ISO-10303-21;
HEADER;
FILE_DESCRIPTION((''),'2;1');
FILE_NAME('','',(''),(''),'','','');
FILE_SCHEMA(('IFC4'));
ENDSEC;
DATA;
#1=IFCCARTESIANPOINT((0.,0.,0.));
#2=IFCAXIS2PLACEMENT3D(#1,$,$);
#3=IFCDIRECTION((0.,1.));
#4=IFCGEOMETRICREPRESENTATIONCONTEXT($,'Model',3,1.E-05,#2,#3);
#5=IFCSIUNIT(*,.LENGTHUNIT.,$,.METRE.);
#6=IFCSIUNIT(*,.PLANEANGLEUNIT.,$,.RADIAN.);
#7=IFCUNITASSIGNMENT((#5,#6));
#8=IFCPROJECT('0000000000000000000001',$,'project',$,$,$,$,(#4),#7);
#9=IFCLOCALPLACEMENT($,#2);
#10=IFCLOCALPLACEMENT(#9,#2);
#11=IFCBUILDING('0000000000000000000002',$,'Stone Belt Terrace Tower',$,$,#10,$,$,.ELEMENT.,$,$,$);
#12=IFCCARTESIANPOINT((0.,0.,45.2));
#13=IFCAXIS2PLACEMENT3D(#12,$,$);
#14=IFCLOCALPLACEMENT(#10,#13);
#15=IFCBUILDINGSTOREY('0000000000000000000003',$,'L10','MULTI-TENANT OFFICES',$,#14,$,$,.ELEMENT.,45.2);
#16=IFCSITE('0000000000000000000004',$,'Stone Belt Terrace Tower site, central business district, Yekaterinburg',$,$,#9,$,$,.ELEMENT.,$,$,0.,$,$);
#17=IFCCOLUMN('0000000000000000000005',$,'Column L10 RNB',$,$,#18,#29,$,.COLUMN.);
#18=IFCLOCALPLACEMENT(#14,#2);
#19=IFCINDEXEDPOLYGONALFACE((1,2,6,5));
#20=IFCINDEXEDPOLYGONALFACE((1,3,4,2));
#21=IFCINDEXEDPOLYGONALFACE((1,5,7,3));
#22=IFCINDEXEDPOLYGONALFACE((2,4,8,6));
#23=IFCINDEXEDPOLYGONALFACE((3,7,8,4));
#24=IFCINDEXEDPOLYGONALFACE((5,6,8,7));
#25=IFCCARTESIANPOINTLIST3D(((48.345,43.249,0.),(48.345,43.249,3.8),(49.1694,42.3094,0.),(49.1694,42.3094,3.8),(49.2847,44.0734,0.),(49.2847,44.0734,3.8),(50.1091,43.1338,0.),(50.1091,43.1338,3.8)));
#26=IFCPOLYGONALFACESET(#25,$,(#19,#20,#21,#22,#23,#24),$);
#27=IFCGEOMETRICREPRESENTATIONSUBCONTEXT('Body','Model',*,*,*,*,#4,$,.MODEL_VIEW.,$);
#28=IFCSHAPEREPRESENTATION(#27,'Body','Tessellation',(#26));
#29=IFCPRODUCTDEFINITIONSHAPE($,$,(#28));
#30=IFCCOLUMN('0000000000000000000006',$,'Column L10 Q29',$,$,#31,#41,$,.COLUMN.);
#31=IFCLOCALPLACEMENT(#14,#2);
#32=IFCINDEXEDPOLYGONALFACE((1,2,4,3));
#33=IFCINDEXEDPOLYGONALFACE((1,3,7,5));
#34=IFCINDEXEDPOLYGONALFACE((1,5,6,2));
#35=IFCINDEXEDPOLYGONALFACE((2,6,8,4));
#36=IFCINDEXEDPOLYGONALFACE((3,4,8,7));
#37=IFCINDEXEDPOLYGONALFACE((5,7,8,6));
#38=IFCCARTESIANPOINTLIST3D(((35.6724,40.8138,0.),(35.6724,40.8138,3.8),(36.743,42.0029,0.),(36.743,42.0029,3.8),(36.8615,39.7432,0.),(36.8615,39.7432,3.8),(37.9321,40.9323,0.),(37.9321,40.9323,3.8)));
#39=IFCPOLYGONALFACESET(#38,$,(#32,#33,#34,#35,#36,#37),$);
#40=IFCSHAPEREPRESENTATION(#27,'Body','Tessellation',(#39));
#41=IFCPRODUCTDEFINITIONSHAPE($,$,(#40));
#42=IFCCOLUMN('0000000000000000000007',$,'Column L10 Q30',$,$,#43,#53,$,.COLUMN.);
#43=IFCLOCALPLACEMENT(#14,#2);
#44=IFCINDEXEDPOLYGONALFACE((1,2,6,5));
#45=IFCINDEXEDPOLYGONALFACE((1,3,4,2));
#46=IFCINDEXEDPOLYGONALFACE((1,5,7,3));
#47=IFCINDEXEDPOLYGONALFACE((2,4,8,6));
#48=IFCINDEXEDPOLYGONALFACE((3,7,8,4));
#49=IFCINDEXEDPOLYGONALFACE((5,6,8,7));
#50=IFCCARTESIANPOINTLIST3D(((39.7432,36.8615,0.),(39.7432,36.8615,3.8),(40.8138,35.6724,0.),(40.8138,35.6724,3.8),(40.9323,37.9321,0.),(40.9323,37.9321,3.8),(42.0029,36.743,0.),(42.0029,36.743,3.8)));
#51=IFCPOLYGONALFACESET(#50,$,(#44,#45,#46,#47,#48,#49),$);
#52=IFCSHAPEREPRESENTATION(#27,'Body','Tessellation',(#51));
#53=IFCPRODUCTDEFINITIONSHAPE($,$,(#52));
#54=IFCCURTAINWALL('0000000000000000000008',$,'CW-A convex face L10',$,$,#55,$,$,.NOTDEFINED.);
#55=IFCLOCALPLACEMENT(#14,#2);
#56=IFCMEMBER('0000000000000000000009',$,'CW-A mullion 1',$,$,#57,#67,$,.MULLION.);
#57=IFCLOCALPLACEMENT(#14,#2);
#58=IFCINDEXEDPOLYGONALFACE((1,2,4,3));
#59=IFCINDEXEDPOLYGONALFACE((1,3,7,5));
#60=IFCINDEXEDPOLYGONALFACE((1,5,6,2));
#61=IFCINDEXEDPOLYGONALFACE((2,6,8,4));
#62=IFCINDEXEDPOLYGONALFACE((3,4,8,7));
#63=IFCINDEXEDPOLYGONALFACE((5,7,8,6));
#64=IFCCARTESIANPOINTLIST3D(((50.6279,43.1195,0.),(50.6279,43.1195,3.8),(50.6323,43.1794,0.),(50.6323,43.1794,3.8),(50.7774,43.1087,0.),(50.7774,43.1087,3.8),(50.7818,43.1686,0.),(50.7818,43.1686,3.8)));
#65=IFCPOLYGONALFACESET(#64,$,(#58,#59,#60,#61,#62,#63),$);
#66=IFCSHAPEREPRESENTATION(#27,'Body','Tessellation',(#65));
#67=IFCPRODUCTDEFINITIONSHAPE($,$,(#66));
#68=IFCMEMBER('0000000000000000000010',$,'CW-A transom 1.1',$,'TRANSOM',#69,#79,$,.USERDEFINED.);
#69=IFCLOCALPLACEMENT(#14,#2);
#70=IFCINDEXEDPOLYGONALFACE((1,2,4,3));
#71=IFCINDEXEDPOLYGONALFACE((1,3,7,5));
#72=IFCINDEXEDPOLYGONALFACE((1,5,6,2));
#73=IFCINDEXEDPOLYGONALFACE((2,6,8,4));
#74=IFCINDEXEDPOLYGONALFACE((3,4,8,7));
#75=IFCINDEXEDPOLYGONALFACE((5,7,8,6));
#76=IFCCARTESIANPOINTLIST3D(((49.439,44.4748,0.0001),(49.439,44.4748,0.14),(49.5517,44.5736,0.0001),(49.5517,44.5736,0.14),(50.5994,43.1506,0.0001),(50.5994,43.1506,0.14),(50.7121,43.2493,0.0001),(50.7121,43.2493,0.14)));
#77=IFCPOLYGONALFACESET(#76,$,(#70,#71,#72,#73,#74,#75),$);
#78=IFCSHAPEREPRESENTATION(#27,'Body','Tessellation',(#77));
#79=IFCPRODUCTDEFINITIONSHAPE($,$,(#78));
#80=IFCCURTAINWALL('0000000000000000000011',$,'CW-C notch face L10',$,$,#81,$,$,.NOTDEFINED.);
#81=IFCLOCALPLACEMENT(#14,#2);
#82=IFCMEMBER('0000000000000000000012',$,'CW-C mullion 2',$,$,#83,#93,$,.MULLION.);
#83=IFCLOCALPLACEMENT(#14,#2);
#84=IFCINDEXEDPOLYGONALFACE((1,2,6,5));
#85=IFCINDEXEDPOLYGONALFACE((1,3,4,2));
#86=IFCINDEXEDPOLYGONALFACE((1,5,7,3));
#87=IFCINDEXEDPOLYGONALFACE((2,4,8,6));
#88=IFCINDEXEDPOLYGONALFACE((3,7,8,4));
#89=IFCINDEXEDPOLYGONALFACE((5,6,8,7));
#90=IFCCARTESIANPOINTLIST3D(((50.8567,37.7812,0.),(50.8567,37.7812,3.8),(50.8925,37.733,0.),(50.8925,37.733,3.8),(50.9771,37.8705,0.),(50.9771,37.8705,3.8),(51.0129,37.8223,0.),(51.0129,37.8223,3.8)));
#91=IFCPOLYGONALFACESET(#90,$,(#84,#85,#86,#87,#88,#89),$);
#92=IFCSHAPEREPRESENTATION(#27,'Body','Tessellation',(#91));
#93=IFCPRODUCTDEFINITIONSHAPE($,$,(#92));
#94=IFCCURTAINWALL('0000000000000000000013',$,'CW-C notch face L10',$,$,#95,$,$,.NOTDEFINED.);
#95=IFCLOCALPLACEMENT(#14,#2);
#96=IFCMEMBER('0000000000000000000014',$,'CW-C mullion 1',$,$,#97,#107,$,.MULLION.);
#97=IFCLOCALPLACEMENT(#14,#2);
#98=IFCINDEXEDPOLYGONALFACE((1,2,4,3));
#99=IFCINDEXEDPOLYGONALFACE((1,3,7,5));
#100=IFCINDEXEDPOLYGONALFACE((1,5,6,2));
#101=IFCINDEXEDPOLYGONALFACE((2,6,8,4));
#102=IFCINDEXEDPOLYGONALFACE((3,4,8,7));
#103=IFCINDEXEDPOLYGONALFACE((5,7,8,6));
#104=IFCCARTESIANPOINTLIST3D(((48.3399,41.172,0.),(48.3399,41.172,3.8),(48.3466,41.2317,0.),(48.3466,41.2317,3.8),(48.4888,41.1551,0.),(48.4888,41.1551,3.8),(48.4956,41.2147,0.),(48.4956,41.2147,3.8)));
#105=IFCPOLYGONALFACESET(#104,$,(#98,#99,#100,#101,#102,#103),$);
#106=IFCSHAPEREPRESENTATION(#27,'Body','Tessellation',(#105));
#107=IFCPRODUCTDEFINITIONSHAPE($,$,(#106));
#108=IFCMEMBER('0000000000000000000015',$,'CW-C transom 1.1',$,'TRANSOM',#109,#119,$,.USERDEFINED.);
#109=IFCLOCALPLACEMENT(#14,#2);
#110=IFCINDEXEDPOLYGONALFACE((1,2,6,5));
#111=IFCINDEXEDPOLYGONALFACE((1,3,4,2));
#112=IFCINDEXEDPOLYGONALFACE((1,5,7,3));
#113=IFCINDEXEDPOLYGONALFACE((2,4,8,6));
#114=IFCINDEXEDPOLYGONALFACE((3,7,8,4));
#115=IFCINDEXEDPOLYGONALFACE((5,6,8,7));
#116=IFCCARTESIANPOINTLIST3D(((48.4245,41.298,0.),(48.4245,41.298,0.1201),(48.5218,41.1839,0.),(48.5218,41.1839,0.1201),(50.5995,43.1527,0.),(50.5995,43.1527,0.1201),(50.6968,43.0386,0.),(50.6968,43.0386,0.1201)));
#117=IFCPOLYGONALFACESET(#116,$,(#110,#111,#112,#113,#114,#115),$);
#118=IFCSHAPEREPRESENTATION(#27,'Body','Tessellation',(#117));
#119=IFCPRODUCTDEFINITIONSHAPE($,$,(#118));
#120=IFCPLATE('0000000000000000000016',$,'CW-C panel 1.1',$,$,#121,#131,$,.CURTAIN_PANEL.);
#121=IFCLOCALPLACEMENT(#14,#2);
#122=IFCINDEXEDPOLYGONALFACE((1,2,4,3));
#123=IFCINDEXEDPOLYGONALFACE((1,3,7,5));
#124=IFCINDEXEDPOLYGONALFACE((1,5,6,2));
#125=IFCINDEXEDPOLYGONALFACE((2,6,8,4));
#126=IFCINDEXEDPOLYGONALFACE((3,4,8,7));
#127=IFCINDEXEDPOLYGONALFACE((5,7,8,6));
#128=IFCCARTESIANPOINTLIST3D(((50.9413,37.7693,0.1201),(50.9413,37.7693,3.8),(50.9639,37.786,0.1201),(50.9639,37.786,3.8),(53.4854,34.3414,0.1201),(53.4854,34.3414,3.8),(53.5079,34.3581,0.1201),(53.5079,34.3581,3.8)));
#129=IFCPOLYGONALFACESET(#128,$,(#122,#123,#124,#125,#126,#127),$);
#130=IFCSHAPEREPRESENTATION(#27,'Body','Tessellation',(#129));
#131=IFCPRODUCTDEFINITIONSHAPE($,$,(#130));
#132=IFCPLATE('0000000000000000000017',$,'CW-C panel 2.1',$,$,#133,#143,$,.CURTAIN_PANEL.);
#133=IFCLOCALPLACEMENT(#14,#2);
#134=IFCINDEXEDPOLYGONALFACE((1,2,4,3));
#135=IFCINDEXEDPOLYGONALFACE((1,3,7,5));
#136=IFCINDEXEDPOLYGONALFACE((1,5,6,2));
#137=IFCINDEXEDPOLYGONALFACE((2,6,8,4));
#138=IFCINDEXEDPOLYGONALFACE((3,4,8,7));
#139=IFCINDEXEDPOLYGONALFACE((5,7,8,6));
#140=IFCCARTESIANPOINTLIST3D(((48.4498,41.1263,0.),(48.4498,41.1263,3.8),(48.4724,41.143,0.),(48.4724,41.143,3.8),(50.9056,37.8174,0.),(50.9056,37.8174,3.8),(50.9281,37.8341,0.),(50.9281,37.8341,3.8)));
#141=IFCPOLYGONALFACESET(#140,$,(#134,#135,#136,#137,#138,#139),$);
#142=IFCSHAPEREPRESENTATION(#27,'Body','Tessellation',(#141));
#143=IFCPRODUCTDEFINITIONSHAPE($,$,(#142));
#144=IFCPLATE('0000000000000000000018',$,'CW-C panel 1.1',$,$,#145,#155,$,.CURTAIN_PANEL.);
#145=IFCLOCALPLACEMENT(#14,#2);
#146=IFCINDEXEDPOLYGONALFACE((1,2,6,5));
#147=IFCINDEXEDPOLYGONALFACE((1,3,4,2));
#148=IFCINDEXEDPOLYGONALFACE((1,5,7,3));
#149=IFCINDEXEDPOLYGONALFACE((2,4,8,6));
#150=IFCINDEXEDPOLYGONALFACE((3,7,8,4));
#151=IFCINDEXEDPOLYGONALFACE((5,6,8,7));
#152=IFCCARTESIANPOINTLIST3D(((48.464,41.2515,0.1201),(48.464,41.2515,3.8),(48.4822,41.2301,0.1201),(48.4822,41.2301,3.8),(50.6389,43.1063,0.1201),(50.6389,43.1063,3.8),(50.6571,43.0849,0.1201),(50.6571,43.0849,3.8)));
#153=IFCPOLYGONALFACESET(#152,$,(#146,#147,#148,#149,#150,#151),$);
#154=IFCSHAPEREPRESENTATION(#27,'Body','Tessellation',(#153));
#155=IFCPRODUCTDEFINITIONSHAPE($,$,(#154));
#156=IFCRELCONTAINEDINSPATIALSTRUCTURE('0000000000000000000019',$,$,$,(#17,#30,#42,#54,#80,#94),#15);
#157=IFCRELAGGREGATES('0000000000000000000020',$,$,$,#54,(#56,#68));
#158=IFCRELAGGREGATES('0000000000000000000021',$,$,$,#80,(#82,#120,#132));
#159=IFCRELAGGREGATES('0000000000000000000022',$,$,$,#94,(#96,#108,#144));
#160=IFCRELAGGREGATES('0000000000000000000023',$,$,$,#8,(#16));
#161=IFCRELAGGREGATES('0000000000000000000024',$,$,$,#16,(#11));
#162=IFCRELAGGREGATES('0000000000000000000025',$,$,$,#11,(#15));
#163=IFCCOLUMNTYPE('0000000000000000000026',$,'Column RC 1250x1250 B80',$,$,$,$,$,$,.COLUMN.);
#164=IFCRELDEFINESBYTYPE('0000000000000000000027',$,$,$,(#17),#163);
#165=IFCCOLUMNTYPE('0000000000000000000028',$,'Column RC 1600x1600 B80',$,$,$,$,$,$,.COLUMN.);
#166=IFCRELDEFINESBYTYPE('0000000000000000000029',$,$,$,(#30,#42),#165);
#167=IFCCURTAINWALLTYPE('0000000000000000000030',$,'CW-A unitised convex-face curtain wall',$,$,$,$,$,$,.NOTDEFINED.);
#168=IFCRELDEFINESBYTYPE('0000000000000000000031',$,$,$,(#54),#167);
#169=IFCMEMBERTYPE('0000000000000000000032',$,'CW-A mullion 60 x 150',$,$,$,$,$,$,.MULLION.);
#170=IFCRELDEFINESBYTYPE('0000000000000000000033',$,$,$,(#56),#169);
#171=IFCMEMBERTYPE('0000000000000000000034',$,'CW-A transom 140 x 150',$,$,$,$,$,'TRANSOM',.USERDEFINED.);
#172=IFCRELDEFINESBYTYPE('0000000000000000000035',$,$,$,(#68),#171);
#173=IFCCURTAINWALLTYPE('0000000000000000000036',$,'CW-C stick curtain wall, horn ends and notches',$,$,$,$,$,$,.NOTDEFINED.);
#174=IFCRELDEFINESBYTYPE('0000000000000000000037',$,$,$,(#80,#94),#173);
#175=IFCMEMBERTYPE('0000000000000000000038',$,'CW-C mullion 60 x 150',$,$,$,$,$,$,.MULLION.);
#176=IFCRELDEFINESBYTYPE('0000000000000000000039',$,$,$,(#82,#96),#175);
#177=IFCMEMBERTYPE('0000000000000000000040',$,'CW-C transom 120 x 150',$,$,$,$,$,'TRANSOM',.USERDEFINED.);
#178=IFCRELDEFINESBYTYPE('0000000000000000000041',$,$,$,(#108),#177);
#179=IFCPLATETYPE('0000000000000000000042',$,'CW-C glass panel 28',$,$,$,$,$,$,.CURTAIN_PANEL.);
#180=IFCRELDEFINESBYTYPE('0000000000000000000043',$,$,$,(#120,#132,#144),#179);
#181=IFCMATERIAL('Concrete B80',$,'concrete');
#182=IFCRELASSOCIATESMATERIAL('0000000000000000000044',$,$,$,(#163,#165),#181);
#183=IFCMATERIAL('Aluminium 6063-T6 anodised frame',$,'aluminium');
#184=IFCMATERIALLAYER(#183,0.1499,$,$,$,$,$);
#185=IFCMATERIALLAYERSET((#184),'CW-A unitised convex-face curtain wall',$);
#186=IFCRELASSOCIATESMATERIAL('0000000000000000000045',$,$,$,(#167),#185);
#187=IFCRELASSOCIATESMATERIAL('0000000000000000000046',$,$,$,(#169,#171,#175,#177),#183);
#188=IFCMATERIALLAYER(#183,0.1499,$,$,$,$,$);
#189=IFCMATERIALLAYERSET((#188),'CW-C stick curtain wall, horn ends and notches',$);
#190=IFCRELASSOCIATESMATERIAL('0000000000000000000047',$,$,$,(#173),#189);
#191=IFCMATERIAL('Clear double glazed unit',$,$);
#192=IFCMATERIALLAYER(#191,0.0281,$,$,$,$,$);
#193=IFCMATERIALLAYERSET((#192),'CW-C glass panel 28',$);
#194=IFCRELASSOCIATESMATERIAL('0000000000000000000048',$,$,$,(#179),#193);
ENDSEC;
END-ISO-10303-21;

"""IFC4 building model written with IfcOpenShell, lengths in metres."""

from ifc_helpers import new_model, si_unit, direction, frame, origin, origin_2d, place, context, subcontext, project, spatial, rectangle, extrude, material, layer, layer_set, material_profile, profile_set, type_object, element, aggregate, save


model = new_model("IFC4")

# Units and contexts
model_context = context("Model", 3, precision=1e-05, world=origin(), true_north=direction((0.0, 1.0)))
body_context = subcontext(model_context, "Body", "Model", "MODEL_VIEW")
ifc_project = project(units=[si_unit("LENGTHUNIT", "METRE"), si_unit("PLANEANGLEUNIT", "RADIAN")], contexts=[model_context])

# Site, building, storey
site_placement = place(None, origin())
site = spatial("IfcSite", under=ifc_project, at=site_placement, Name="Stone Belt Terrace Tower site, central business district, Yekaterinburg", CompositionType="ELEMENT", RefElevation=0.0)
building_placement = place(site_placement, origin())
building = spatial("IfcBuilding", under=site, at=building_placement, Name="Stone Belt Terrace Tower", CompositionType="ELEMENT")
storey_placement = place(building_placement, frame((0.0, 0.0, 45.2)))
storey = spatial("IfcBuildingStorey", under=building, at=storey_placement, Name="L10", Description="MULTI-TENANT OFFICES", CompositionType="ELEMENT", Elevation=45.2)

# Columns
ifc_material_1 = material(Name="Concrete B80", Category="concrete")
ifc_material_profile_1 = material_profile(ifc_material_1, rectangle(XDim=1.25, YDim=1.25, at=origin_2d()), Name="RC 1250x1250")
ifc_profile_set_1 = profile_set([ifc_material_profile_1], Name="Concrete B80")
column_type_1 = type_object("IfcColumnType", Name="Column RC 1250x1250 B80", PredefinedType="COLUMN", material=ifc_profile_set_1)
column_placement = place(storey_placement, frame((49.2271, 43.1914, 0.0), z_axis=(0.0, 0.0, 1.0), x_axis=(0.659522, -0.751686, 0.0)))
element("IfcColumn", 1, at=column_placement, inside=storey, type_object=column_type_1, Name="Column L10 RNB", PredefinedType="COLUMN", context=body_context, shape_type="SweptSolid", body=[
    extrude(rectangle(XDim=1.25, YDim=1.25, at=origin_2d()), origin(), (0.0, 0.0, 1.0), 3.8),
])
ifc_material_profile_2 = material_profile(ifc_material_1, rectangle(XDim=1.6001, YDim=1.6001, at=origin_2d()), Name="RC 1600x1600")
ifc_profile_set_2 = profile_set([ifc_material_profile_2], Name="Concrete B80")
column_type_2 = type_object("IfcColumnType", Name="Column RC 1600x1600 B80", PredefinedType="COLUMN", material=ifc_profile_set_2)
for number, where, z_axis, x_axis, name in (
    (2, (36.8022, 40.873, 0.0), (0.0, 0.0, 1.0), (0.743145, -0.669131, 0.0), "Column L10 Q29"),
    (3, (40.873, 36.8022, 0.0), (0.0, 0.0, 1.0), (0.669131, -0.743145, 0.0), "Column L10 Q30"),
):
    element("IfcColumn", number, at=place(storey_placement, frame(where, z_axis=z_axis, x_axis=x_axis)), inside=storey, type_object=column_type_2, Name=name, PredefinedType="COLUMN", context=body_context, shape_type="SweptSolid", body=[
        extrude(rectangle(XDim=1.6001, YDim=1.6001, at=origin_2d()), origin(), (0.0, 0.0, 1.0), 3.8),
    ])

# Curtain wall, members
ifc_material_2 = material(Name="Aluminium 6063-T6 anodised frame", Category="aluminium")
ifc_layer_1 = layer(ifc_material_2, 0.1499)
ifc_layer_set_1 = layer_set([ifc_layer_1], Name="CW-A unitised convex-face curtain wall")
curtain_wall_type_1 = type_object("IfcCurtainWallType", Name="CW-A unitised convex-face curtain wall", PredefinedType="NOTDEFINED", material=ifc_layer_set_1)
curtain_wall_1_placement = place(storey_placement, origin())
curtain_wall_1 = element("IfcCurtainWall", 4, at=curtain_wall_1_placement, inside=storey, type_object=curtain_wall_type_1, Name="CW-A convex face L10", PredefinedType="NOTDEFINED")
ifc_material_profile_3 = material_profile(ifc_material_2, rectangle(XDim=0.1499, YDim=0.0601, at=origin_2d()), Name="Aluminium 6063-T6 60x150")
ifc_profile_set_3 = profile_set([ifc_material_profile_3], Name="Aluminium 6063-T6 anodised frame")
member_type_1 = type_object("IfcMemberType", Name="CW-A mullion 60 x 150", PredefinedType="MULLION", material=ifc_profile_set_3)
member_1_placement = place(storey_placement, frame((50.7048, 43.144, 0.0), z_axis=(0.0, 0.0, 1.0), x_axis=(-0.99737, 0.072474, 0.0)))
member_1 = element("IfcMember", 5, at=member_1_placement, type_object=member_type_1, Name="CW-A mullion 1", PredefinedType="MULLION", context=body_context, shape_type="SweptSolid", body=[
    extrude(rectangle(XDim=0.1499, YDim=0.0601, at=origin_2d()), origin(), (0.0, 0.0, 1.0), 3.8),
])
ifc_material_profile_4 = material_profile(ifc_material_2, rectangle(XDim=0.1499, YDim=0.1399, at=origin_2d()), Name="Aluminium 6063-T6 150x140")
ifc_profile_set_4 = profile_set([ifc_material_profile_4], Name="Aluminium 6063-T6 anodised frame")
member_type_2 = type_object("IfcMemberType", Name="CW-A transom 140 x 150", ElementType="TRANSOM", PredefinedType="USERDEFINED", material=ifc_profile_set_4)
member_2_placement = place(storey_placement, frame((50.6558, 43.2, 0.0701), z_axis=(-0.659054, 0.752095, 0.0), x_axis=(-0.752095, -0.659054, 0.0)))
member_2 = element("IfcMember", 6, at=member_2_placement, type_object=member_type_2, Name="CW-A transom 1.1", ObjectType="TRANSOM", PredefinedType="USERDEFINED", context=body_context, shape_type="SweptSolid", body=[
    extrude(rectangle(XDim=0.1499, YDim=0.1399, at=origin_2d()), origin(), (0.0, 0.0, 1.0), 1.7607),
])
aggregate(curtain_wall_1, [member_1, member_2])

# Curtain wall, member
ifc_layer_2 = layer(ifc_material_2, 0.1499)
ifc_layer_set_2 = layer_set([ifc_layer_2], Name="CW-C stick curtain wall, horn ends and notches")
curtain_wall_type_2 = type_object("IfcCurtainWallType", Name="CW-C stick curtain wall, horn ends and notches", PredefinedType="NOTDEFINED", material=ifc_layer_set_2)
curtain_wall_2_placement = place(storey_placement, origin())
curtain_wall_2 = element("IfcCurtainWall", 7, at=curtain_wall_2_placement, inside=storey, type_object=curtain_wall_type_2, Name="CW-C notch face L10", PredefinedType="NOTDEFINED")
ifc_material_profile_5 = material_profile(ifc_material_2, rectangle(XDim=0.1499, YDim=0.0601, at=origin_2d()), Name="Aluminium 6063-T6 60x150")
ifc_profile_set_5 = profile_set([ifc_material_profile_5], Name="Aluminium 6063-T6 anodised frame")
member_type_3 = type_object("IfcMemberType", Name="CW-C mullion 60 x 150", PredefinedType="MULLION", material=ifc_profile_set_5)
member_3_placement = place(storey_placement, frame((50.9348, 37.8018, 0.0), z_axis=(0.0, 0.0, 1.0), x_axis=(-0.803011, -0.595964, 0.0)))
member_3 = element("IfcMember", 8, at=member_3_placement, type_object=member_type_3, Name="CW-C mullion 2", PredefinedType="MULLION", context=body_context, shape_type="SweptSolid", body=[
    extrude(rectangle(XDim=0.1499, YDim=0.0601, at=origin_2d()), origin(), (0.0, 0.0, 1.0), 3.8),
])

# Curtain wall, members
curtain_wall_3_placement = place(storey_placement, origin())
curtain_wall_3 = element("IfcCurtainWall", 9, at=curtain_wall_3_placement, inside=storey, type_object=curtain_wall_type_2, Name="CW-C notch face L10", PredefinedType="NOTDEFINED")
member_4_placement = place(storey_placement, frame((48.4177, 41.1934, 0.0), z_axis=(0.0, 0.0, 1.0), x_axis=(-0.993611, 0.112857, 0.0)))
member_4 = element("IfcMember", 10, at=member_4_placement, type_object=member_type_3, Name="CW-C mullion 1", PredefinedType="MULLION", context=body_context, shape_type="SweptSolid", body=[
    extrude(rectangle(XDim=0.1499, YDim=0.0601, at=origin_2d()), origin(), (0.0, 0.0, 1.0), 3.8),
])
ifc_material_profile_6 = material_profile(ifc_material_2, rectangle(XDim=0.1499, YDim=0.1201, at=origin_2d()), Name="Aluminium 6063-T6 150x120")
ifc_profile_set_6 = profile_set([ifc_material_profile_6], Name="Aluminium 6063-T6 anodised frame")
member_type_4 = type_object("IfcMemberType", Name="CW-C transom 120 x 150", ElementType="TRANSOM", PredefinedType="USERDEFINED", material=ifc_profile_set_6)
member_5_placement = place(storey_placement, frame((48.4731, 41.241, 0.0601), z_axis=(0.760912, 0.648855, 0.0), x_axis=(-0.648855, 0.760912, 0.0)))
member_5 = element("IfcMember", 11, at=member_5_placement, type_object=member_type_4, Name="CW-C transom 1.1", ObjectType="TRANSOM", PredefinedType="USERDEFINED", context=body_context, shape_type="SweptSolid", body=[
    extrude(rectangle(XDim=0.1499, YDim=0.1201, at=origin_2d()), origin(), (0.0, 0.0, 1.0), 2.8584),
])

# Plates
ifc_material_3 = material(Name="Clear double glazed unit")
ifc_layer_3 = layer(ifc_material_3, 0.0281)
ifc_layer_set_3 = layer_set([ifc_layer_3], Name="CW-C glass panel 28")
plate_type = type_object("IfcPlateType", Name="CW-C glass panel 28", PredefinedType="CURTAIN_PANEL", material=ifc_layer_set_3)
plate_1_placement = place(storey_placement, frame((52.2246, 36.0637, 0.1201), z_axis=(0.0, 0.0, 1.0), x_axis=(-0.595964, 0.803011, 0.0)))
plate_1 = element("IfcPlate", 12, at=plate_1_placement, type_object=plate_type, Name="CW-C panel 1.1", PredefinedType="CURTAIN_PANEL", context=body_context, shape_type="SweptSolid", body=[
    extrude(rectangle(XDim=4.2688, YDim=0.0281, at=origin_2d()), origin(), (0.0, 0.0, 1.0), 3.6799),
])
plate_2_placement = place(storey_placement, frame((49.689, 39.4802, 0.0), z_axis=(0.0, 0.0, 1.0), x_axis=(-0.595964, 0.803011, 0.0)))
plate_2 = element("IfcPlate", 13, at=plate_2_placement, type_object=plate_type, Name="CW-C panel 2.1", PredefinedType="CURTAIN_PANEL", context=body_context, shape_type="SweptSolid", body=[
    extrude(rectangle(XDim=4.1206, YDim=0.0281, at=origin_2d()), origin(), (0.0, 0.0, 1.0), 3.8),
])
aggregate(curtain_wall_2, [member_3, plate_1, plate_2])
plate_3_placement = place(storey_placement, frame((49.5605, 42.1682, 0.1201), z_axis=(0.0, 0.0, 1.0), x_axis=(0.760876, 0.648898, 0.0)))
plate_3 = element("IfcPlate", 14, at=plate_3_placement, type_object=plate_type, Name="CW-C panel 1.1", PredefinedType="CURTAIN_PANEL", context=body_context, shape_type="SweptSolid", body=[
    extrude(rectangle(XDim=2.8584, YDim=0.0281, at=origin_2d()), origin(), (0.0, 0.0, 1.0), 3.6799),
])
aggregate(curtain_wall_3, [member_4, member_5, plate_3])

save(model, "model.ifc")
